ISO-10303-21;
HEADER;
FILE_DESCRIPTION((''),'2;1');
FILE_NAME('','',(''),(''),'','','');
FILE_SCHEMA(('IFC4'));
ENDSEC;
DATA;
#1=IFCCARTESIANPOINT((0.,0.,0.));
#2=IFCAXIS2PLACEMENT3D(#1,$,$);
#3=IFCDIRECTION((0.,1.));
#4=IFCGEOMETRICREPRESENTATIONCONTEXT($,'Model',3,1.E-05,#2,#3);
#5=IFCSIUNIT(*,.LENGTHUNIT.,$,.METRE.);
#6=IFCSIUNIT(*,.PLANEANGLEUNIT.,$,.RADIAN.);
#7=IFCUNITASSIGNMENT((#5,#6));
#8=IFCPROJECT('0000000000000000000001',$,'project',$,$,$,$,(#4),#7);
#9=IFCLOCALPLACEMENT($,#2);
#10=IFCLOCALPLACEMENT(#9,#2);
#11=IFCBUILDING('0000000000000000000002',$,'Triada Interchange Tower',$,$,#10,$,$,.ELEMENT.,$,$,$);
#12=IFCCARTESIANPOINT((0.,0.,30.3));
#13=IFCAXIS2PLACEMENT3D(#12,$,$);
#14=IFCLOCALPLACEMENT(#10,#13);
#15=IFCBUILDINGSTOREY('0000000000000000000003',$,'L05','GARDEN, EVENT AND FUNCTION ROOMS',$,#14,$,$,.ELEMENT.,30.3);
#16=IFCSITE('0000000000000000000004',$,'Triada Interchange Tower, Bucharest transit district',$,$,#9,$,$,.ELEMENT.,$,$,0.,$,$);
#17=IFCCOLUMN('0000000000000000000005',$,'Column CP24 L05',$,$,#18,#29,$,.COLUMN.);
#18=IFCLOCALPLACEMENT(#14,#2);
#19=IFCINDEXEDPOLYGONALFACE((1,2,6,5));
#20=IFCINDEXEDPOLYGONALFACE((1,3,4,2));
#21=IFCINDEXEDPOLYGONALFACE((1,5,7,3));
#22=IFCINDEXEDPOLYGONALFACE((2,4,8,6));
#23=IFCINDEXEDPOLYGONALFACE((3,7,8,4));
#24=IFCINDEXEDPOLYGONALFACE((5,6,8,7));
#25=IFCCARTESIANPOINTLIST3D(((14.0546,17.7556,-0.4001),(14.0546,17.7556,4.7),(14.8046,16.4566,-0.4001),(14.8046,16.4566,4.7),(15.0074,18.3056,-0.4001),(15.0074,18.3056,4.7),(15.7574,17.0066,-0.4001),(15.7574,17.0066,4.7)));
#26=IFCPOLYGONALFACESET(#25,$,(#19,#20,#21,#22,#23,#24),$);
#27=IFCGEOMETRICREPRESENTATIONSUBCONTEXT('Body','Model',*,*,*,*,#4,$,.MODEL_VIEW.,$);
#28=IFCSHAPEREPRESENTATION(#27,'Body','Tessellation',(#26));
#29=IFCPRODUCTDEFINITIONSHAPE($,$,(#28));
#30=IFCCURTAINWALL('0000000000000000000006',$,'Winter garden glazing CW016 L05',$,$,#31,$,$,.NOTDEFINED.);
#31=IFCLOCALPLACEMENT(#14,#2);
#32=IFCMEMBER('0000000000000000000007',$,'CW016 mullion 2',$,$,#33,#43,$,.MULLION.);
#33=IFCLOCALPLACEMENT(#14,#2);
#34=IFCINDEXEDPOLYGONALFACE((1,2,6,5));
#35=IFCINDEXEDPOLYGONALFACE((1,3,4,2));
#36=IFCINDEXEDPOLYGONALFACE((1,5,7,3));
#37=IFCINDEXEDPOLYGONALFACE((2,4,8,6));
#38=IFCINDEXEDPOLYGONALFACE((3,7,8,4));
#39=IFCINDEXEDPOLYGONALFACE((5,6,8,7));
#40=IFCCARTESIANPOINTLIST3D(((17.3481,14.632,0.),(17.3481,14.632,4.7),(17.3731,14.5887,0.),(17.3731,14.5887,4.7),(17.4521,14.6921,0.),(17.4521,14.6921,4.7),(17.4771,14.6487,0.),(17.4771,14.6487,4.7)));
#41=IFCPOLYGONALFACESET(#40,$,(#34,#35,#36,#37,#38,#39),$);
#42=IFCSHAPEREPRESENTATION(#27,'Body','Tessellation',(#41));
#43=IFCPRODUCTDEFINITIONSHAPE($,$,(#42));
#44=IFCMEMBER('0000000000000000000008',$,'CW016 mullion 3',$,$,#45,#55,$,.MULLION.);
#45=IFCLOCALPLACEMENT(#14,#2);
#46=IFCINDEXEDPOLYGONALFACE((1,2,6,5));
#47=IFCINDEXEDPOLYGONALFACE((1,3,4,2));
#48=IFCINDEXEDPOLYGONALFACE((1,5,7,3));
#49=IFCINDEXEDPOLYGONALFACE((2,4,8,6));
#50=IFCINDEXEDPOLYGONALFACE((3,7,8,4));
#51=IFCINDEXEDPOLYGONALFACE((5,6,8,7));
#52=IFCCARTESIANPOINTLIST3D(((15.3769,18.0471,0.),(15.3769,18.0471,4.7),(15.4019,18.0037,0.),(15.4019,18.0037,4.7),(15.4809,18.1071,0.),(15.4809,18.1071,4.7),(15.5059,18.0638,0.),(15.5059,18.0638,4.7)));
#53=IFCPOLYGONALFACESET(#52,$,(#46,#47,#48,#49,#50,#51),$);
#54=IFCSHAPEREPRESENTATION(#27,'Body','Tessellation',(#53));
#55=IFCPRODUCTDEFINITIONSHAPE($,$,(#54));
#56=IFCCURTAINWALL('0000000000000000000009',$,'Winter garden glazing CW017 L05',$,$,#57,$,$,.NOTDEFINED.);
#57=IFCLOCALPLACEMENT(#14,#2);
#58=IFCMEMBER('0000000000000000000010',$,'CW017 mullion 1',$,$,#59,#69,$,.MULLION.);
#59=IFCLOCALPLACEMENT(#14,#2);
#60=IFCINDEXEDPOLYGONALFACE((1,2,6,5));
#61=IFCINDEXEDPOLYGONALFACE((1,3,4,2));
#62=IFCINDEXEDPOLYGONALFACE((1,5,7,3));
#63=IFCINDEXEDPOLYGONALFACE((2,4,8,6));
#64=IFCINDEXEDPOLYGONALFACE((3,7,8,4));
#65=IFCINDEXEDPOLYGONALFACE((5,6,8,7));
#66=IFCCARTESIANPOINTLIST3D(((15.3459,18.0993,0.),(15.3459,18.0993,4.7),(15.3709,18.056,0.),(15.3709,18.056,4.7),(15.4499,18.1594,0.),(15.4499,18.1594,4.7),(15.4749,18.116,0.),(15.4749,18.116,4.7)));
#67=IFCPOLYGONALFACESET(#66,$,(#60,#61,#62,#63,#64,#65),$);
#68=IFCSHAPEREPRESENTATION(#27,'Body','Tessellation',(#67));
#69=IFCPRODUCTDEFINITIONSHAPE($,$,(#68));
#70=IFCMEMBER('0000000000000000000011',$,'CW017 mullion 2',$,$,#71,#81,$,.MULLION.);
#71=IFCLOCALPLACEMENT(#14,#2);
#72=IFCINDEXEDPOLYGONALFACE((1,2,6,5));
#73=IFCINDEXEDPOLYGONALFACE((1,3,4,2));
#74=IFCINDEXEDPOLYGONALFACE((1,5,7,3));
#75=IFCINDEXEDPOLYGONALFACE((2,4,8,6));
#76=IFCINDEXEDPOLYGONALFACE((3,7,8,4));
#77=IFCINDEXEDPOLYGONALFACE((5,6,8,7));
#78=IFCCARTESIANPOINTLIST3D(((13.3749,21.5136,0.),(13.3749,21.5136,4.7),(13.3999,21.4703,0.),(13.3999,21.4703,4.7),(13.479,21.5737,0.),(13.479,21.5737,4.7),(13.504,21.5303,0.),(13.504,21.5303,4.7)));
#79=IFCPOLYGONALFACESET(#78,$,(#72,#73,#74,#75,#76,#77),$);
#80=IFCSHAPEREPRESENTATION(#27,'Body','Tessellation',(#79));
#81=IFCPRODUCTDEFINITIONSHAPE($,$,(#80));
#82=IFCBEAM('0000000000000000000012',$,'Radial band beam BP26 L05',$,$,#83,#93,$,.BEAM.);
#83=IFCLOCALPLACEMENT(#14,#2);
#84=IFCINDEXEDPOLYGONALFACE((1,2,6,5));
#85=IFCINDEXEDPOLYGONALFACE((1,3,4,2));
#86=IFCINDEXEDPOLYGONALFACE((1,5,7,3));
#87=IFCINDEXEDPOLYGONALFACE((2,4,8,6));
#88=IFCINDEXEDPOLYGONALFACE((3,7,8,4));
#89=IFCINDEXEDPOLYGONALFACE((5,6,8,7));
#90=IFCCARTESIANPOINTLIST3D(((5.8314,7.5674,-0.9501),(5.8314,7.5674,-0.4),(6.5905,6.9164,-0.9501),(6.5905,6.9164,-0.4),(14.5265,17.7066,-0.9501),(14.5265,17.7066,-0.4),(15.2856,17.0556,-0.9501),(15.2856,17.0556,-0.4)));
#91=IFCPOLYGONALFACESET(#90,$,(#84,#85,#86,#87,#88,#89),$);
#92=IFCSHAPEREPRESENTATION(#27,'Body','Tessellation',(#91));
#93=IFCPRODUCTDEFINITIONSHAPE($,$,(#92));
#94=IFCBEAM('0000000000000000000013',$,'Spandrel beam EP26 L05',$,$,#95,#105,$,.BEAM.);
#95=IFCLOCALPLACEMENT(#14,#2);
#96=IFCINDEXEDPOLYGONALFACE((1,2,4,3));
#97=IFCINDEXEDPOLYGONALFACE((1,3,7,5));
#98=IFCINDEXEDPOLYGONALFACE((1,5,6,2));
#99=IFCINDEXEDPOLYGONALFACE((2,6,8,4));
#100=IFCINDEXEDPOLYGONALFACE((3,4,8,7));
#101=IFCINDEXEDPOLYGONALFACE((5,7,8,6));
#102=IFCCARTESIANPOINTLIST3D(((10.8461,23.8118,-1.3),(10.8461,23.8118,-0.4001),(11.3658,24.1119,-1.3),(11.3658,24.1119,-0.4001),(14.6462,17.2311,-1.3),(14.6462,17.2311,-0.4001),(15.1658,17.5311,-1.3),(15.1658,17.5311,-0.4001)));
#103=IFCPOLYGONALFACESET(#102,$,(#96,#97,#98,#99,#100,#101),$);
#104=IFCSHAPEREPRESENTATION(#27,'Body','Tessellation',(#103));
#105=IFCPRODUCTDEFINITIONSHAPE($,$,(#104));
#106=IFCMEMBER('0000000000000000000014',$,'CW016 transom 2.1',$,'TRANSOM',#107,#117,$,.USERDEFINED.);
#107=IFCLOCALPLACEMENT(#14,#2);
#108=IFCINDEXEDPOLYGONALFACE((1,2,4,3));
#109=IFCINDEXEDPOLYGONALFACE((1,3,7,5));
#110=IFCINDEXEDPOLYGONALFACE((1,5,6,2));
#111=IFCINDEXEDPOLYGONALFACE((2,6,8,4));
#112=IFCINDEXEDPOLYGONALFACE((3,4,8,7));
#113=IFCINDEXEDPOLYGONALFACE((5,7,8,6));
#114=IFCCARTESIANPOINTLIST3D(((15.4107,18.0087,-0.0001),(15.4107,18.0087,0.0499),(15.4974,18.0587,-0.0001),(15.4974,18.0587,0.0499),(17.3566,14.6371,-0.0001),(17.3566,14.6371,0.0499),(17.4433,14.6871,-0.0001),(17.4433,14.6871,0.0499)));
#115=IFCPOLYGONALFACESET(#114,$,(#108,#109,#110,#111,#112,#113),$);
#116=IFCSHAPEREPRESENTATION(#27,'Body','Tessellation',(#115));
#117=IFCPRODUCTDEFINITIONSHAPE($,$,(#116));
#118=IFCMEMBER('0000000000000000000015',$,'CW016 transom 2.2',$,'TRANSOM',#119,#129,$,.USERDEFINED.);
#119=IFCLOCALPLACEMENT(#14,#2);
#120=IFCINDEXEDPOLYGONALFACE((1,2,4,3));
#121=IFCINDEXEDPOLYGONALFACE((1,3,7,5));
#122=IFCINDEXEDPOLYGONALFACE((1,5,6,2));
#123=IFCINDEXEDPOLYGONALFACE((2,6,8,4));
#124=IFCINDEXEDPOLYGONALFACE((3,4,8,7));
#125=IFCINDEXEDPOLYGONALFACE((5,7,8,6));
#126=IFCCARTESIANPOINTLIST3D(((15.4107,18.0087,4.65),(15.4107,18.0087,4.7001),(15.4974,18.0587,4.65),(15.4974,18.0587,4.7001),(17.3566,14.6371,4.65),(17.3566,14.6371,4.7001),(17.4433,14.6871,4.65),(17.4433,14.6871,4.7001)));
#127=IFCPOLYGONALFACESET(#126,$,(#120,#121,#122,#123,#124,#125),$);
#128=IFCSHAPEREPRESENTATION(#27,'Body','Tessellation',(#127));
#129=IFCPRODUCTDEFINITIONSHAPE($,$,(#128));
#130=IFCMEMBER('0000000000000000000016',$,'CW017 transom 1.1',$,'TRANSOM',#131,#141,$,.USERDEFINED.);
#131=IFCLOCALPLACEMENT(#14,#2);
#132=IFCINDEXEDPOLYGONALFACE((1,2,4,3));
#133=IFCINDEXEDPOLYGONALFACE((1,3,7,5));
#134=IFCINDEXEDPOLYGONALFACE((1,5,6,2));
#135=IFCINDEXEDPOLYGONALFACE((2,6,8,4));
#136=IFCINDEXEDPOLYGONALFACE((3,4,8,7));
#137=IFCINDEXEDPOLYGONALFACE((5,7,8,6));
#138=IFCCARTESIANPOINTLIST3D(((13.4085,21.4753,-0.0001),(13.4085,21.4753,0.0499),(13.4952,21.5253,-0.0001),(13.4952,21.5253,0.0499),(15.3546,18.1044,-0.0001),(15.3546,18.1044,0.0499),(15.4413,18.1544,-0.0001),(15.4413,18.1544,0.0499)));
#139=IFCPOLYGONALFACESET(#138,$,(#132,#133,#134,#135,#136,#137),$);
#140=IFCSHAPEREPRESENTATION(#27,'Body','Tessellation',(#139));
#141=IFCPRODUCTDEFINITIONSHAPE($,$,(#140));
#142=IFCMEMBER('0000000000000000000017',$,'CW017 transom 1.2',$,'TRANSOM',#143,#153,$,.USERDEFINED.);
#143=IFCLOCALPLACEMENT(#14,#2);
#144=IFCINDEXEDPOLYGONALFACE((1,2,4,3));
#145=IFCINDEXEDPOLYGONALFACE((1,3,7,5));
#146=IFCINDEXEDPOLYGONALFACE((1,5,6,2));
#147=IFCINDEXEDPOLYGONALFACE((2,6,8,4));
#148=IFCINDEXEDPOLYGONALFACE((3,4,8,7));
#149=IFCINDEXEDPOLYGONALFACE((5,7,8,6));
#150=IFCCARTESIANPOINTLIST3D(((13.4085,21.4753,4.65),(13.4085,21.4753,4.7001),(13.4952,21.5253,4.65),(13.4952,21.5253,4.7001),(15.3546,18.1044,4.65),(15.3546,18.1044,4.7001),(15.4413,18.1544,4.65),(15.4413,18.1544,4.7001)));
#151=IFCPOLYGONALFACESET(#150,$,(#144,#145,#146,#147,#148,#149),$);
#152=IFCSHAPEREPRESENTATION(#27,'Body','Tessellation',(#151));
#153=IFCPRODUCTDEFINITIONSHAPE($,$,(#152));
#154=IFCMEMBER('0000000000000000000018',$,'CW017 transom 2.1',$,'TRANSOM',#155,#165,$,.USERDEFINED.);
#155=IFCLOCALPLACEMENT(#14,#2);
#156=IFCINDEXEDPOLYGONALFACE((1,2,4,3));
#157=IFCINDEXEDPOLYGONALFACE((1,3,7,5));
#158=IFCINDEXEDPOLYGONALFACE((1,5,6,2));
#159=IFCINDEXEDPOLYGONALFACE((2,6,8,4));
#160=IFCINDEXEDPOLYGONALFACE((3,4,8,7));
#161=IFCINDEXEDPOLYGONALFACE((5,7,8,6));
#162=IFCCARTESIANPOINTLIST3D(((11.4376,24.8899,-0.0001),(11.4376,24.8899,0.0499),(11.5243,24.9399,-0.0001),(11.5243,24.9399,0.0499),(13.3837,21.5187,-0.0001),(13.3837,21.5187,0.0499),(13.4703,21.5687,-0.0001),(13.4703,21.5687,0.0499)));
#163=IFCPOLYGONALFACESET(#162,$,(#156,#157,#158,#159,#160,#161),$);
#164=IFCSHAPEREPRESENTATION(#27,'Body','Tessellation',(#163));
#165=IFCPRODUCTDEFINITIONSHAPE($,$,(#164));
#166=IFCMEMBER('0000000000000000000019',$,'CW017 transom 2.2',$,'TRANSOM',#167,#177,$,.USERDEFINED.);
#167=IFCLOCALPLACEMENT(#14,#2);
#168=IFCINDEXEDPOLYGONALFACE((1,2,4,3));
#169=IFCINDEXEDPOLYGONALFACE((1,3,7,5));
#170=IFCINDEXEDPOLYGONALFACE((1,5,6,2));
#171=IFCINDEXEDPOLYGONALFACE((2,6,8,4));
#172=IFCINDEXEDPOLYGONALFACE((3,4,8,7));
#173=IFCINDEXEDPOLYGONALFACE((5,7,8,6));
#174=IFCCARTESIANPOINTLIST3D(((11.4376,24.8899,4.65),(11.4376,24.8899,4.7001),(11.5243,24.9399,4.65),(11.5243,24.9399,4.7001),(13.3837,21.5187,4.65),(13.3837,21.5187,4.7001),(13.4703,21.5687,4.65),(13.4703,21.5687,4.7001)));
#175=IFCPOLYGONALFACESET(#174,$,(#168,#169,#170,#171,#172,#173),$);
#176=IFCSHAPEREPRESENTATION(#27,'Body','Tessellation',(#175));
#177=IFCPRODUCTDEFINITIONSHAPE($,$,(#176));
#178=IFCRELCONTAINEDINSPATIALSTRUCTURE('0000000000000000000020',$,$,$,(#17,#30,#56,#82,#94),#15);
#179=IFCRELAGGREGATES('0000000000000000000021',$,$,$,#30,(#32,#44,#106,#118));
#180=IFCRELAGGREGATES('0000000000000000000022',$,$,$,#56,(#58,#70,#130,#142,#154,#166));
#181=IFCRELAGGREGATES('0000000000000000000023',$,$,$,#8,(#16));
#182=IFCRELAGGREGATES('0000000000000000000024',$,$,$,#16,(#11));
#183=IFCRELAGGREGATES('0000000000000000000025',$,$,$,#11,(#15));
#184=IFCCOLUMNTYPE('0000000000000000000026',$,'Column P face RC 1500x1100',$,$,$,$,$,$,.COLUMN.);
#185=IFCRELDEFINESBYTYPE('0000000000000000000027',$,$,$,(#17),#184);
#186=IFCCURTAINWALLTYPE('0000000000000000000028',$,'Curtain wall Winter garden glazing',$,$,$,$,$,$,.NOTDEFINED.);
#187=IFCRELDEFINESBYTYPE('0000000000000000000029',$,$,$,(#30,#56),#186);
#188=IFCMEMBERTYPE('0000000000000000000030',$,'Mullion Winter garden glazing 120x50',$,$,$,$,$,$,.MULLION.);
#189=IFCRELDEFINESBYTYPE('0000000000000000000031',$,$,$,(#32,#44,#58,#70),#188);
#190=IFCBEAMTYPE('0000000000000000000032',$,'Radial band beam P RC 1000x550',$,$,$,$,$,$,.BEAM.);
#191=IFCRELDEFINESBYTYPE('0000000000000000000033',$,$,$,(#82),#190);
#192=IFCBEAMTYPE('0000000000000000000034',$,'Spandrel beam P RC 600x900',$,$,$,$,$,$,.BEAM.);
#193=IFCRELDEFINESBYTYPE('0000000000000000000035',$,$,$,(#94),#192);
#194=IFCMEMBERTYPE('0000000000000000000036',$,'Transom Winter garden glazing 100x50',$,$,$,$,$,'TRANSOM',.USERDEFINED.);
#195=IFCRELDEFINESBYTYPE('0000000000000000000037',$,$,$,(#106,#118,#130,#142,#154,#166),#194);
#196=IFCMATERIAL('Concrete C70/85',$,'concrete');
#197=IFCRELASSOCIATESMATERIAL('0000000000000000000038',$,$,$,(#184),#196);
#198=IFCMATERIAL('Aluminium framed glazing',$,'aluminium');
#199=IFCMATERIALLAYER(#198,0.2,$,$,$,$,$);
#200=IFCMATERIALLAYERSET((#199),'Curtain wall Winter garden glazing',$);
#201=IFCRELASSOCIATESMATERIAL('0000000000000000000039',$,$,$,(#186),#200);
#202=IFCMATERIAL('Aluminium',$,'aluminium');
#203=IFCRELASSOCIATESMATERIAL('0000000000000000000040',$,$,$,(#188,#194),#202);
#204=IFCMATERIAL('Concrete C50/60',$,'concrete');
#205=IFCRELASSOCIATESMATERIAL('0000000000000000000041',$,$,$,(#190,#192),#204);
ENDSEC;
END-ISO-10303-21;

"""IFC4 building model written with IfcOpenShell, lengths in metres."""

from ifc_helpers import new_model, si_unit, direction, frame, origin, origin_2d, place, context, subcontext, project, spatial, rectangle, extrude, material, layer, layer_set, material_profile, profile_set, type_object, element, aggregate, save


model = new_model("IFC4")

# Units and contexts
model_context = context("Model", 3, precision=1e-05, world=origin(), true_north=direction((0.0, 1.0)))
body_context = subcontext(model_context, "Body", "Model", "MODEL_VIEW")
ifc_project = project(units=[si_unit("LENGTHUNIT", "METRE"), si_unit("PLANEANGLEUNIT", "RADIAN")], contexts=[model_context])

# Site, building, storey
site_placement = place(None, origin())
site = spatial("IfcSite", under=ifc_project, at=site_placement, Name="Triada Interchange Tower, Bucharest transit district", CompositionType="ELEMENT", RefElevation=0.0)
building_placement = place(site_placement, origin())
building = spatial("IfcBuilding", under=site, at=building_placement, Name="Triada Interchange Tower", CompositionType="ELEMENT")
storey_placement = place(building_placement, frame((0.0, 0.0, 30.3)))
storey = spatial("IfcBuildingStorey", under=building, at=storey_placement, Name="L05", Description="GARDEN, EVENT AND FUNCTION ROOMS", CompositionType="ELEMENT", Elevation=30.3)

# Column
ifc_material_1 = material(Name="Concrete C70/85", Category="concrete")
ifc_material_profile_1 = material_profile(ifc_material_1, rectangle(XDim=1.5, YDim=1.1001, at=origin_2d()), Name="RC 1500x1100")
ifc_profile_set_1 = profile_set([ifc_material_profile_1], Name="Concrete C70/85")
column_type = type_object("IfcColumnType", Name="Column P face RC 1500x1100", PredefinedType="COLUMN", material=ifc_profile_set_1)
column_placement = place(storey_placement, frame((14.906, 17.3811, -0.4001), z_axis=(0.0, 0.0, 1.0), x_axis=(-0.5, 0.866025, 0.0)))
element("IfcColumn", 1, at=column_placement, inside=storey, type_object=column_type, Name="Column CP24 L05", PredefinedType="COLUMN", context=body_context, shape_type="SweptSolid", body=[
    extrude(rectangle(XDim=1.5, YDim=1.1001, at=origin_2d()), origin(), (0.0, 0.0, 1.0), 5.1001),
])

# Curtain walls, members
ifc_material_2 = material(Name="Aluminium framed glazing", Category="aluminium")
ifc_layer_1 = layer(ifc_material_2, 0.2)
ifc_layer_set_1 = layer_set([ifc_layer_1], Name="Curtain wall Winter garden glazing")
curtain_wall_type = type_object("IfcCurtainWallType", Name="Curtain wall Winter garden glazing", PredefinedType="NOTDEFINED", material=ifc_layer_set_1)
curtain_wall_1_placement = place(storey_placement, origin())
curtain_wall_1 = element("IfcCurtainWall", 2, at=curtain_wall_1_placement, inside=storey, type_object=curtain_wall_type, Name="Winter garden glazing CW016 L05", PredefinedType="NOTDEFINED")
ifc_material_3 = material(Name="Aluminium", Category="aluminium")
ifc_material_profile_2 = material_profile(ifc_material_3, rectangle(XDim=0.1201, YDim=0.05, at=origin_2d()), Name="Aluminium mullion")
ifc_profile_set_2 = profile_set([ifc_material_profile_2], Name="Aluminium")
member_type_1 = type_object("IfcMemberType", Name="Mullion Winter garden glazing 120x50", PredefinedType="MULLION", material=ifc_profile_set_2)
member_1_placement = place(storey_placement, frame((17.4126, 14.6404, 0.0), z_axis=(0.0, 0.0, 1.0), x_axis=(-0.866087, -0.499893, 0.0)))
member_1 = element("IfcMember", 3, at=member_1_placement, type_object=member_type_1, Name="CW016 mullion 2", PredefinedType="MULLION", context=body_context, shape_type="SweptSolid", body=[
    extrude(rectangle(XDim=0.1201, YDim=0.05, at=origin_2d()), origin(), (0.0, 0.0, 1.0), 4.7),
])
member_2_placement = place(storey_placement, frame((15.4414, 18.0554, 0.0), z_axis=(0.0, 0.0, 1.0), x_axis=(-0.866087, -0.499893, 0.0)))
member_2 = element("IfcMember", 4, at=member_2_placement, type_object=member_type_1, Name="CW016 mullion 3", PredefinedType="MULLION", context=body_context, shape_type="SweptSolid", body=[
    extrude(rectangle(XDim=0.1201, YDim=0.05, at=origin_2d()), origin(), (0.0, 0.0, 1.0), 4.7),
])
curtain_wall_2_placement = place(storey_placement, origin())
curtain_wall_2 = element("IfcCurtainWall", 5, at=curtain_wall_2_placement, inside=storey, type_object=curtain_wall_type, Name="Winter garden glazing CW017 L05", PredefinedType="NOTDEFINED")
member_3_placement = place(storey_placement, frame((15.4104, 18.1077, 0.0), z_axis=(0.0, 0.0, 1.0), x_axis=(-0.866055, -0.499948, 0.0)))
member_3 = element("IfcMember", 6, at=member_3_placement, type_object=member_type_1, Name="CW017 mullion 1", PredefinedType="MULLION", context=body_context, shape_type="SweptSolid", body=[
    extrude(rectangle(XDim=0.1201, YDim=0.05, at=origin_2d()), origin(), (0.0, 0.0, 1.0), 4.7),
])
member_4_placement = place(storey_placement, frame((13.4395, 21.522, 0.0), z_axis=(0.0, 0.0, 1.0), x_axis=(-0.866055, -0.499948, 0.0)))
member_4 = element("IfcMember", 7, at=member_4_placement, type_object=member_type_1, Name="CW017 mullion 2", PredefinedType="MULLION", context=body_context, shape_type="SweptSolid", body=[
    extrude(rectangle(XDim=0.1201, YDim=0.05, at=origin_2d()), origin(), (0.0, 0.0, 1.0), 4.7),
])

# Beams
ifc_material_4 = material(Name="Concrete C50/60", Category="concrete")
ifc_material_profile_3 = material_profile(ifc_material_4, rectangle(XDim=1.0, YDim=0.55, at=origin_2d()), Name="RC 1000x550")
ifc_profile_set_3 = profile_set([ifc_material_profile_3], Name="Concrete C50/60")
beam_type_1 = type_object("IfcBeamType", Name="Radial band beam P RC 1000x550", PredefinedType="BEAM", material=ifc_profile_set_3)
beam_1_placement = place(storey_placement, frame((14.906, 17.3811, -0.675), z_axis=(-0.65098, -0.759095, 0.0), x_axis=(0.759095, -0.65098, 0.0)))
element("IfcBeam", 8, at=beam_1_placement, inside=storey, type_object=beam_type_1, Name="Radial band beam BP26 L05", PredefinedType="BEAM", context=body_context, shape_type="SweptSolid", body=[
    extrude(rectangle(XDim=1.0, YDim=0.55, at=origin_2d()), origin(), (0.0, 0.0, 1.0), 13.3569),
])
ifc_material_profile_4 = material_profile(ifc_material_4, rectangle(XDim=0.6001, YDim=0.8999, at=origin_2d()), Name="RC 600x900")
ifc_profile_set_4 = profile_set([ifc_material_profile_4], Name="Concrete C50/60")
beam_type_2 = type_object("IfcBeamType", Name="Spandrel beam P RC 600x900", PredefinedType="BEAM", material=ifc_profile_set_4)
beam_2_placement = place(storey_placement, frame((14.906, 17.3811, -0.8501), z_axis=(-0.500061, 0.86599, 0.0), x_axis=(-0.86599, -0.500061, 0.0)))
element("IfcBeam", 9, at=beam_2_placement, inside=storey, type_object=beam_type_2, Name="Spandrel beam EP26 L05", PredefinedType="BEAM", context=body_context, shape_type="SweptSolid", body=[
    extrude(rectangle(XDim=0.6001, YDim=0.8999, at=origin_2d()), origin(), (0.0, 0.0, 1.0), 7.5991),
])

# Members
ifc_material_profile_5 = material_profile(ifc_material_3, rectangle(XDim=0.1001, YDim=0.05, at=origin_2d()), Name="Aluminium transom")
ifc_profile_set_5 = profile_set([ifc_material_profile_5], Name="Aluminium")
member_type_2 = type_object("IfcMemberType", Name="Transom Winter garden glazing 100x50", ElementType="TRANSOM", PredefinedType="USERDEFINED", material=ifc_profile_set_5)
member_5_placement = place(storey_placement, frame((17.3999, 14.6621, 0.0249), z_axis=(-0.499849, 0.866112, 0.0), x_axis=(-0.866112, -0.499849, 0.0)))
member_5 = element("IfcMember", 10, at=member_5_placement, type_object=member_type_2, Name="CW016 transom 2.1", ObjectType="TRANSOM", PredefinedType="USERDEFINED", context=body_context, shape_type="SweptSolid", body=[
    extrude(rectangle(XDim=0.1001, YDim=0.05, at=origin_2d()), origin(), (0.0, 0.0, 1.0), 3.8928),
])
member_6_placement = place(storey_placement, frame((17.3999, 14.6621, 4.675), z_axis=(-0.499849, 0.866112, 0.0), x_axis=(-0.866112, -0.499849, 0.0)))
member_6 = element("IfcMember", 11, at=member_6_placement, type_object=member_type_2, Name="CW016 transom 2.2", ObjectType="TRANSOM", PredefinedType="USERDEFINED", context=body_context, shape_type="SweptSolid", body=[
    extrude(rectangle(XDim=0.1001, YDim=0.05, at=origin_2d()), origin(), (0.0, 0.0, 1.0), 3.8928),
])
member_7_placement = place(storey_placement, frame((15.3979, 18.1294, 0.0249), z_axis=(-0.499978, 0.866038, 0.0), x_axis=(-0.866038, -0.499978, 0.0)))
member_7 = element("IfcMember", 12, at=member_7_placement, type_object=member_type_2, Name="CW017 transom 1.1", ObjectType="TRANSOM", PredefinedType="USERDEFINED", context=body_context, shape_type="SweptSolid", body=[
    extrude(rectangle(XDim=0.1001, YDim=0.05, at=origin_2d()), origin(), (0.0, 0.0, 1.0), 3.8923),
])
member_8_placement = place(storey_placement, frame((15.3979, 18.1294, 4.675), z_axis=(-0.499978, 0.866038, 0.0), x_axis=(-0.866038, -0.499978, 0.0)))
member_8 = element("IfcMember", 13, at=member_8_placement, type_object=member_type_2, Name="CW017 transom 1.2", ObjectType="TRANSOM", PredefinedType="USERDEFINED", context=body_context, shape_type="SweptSolid", body=[
    extrude(rectangle(XDim=0.1001, YDim=0.05, at=origin_2d()), origin(), (0.0, 0.0, 1.0), 3.8923),
])
member_9_placement = place(storey_placement, frame((13.427, 21.5437, 0.0249), z_axis=(-0.49995, 0.866054, 0.0), x_axis=(-0.866054, -0.49995, 0.0)))
member_9 = element("IfcMember", 14, at=member_9_placement, type_object=member_type_2, Name="CW017 transom 2.1", ObjectType="TRANSOM", PredefinedType="USERDEFINED", context=body_context, shape_type="SweptSolid", body=[
    extrude(rectangle(XDim=0.1001, YDim=0.05, at=origin_2d()), origin(), (0.0, 0.0, 1.0), 3.8926),
])
member_10_placement = place(storey_placement, frame((13.427, 21.5437, 4.675), z_axis=(-0.49995, 0.866054, 0.0), x_axis=(-0.866054, -0.49995, 0.0)))
member_10 = element("IfcMember", 15, at=member_10_placement, type_object=member_type_2, Name="CW017 transom 2.2", ObjectType="TRANSOM", PredefinedType="USERDEFINED", context=body_context, shape_type="SweptSolid", body=[
    extrude(rectangle(XDim=0.1001, YDim=0.05, at=origin_2d()), origin(), (0.0, 0.0, 1.0), 3.8926),
])

aggregate(curtain_wall_1, [member_1, member_2, member_5, member_6])
aggregate(curtain_wall_2, [member_3, member_4, member_7, member_8, member_9, member_10])

save(model, "model.ifc")
